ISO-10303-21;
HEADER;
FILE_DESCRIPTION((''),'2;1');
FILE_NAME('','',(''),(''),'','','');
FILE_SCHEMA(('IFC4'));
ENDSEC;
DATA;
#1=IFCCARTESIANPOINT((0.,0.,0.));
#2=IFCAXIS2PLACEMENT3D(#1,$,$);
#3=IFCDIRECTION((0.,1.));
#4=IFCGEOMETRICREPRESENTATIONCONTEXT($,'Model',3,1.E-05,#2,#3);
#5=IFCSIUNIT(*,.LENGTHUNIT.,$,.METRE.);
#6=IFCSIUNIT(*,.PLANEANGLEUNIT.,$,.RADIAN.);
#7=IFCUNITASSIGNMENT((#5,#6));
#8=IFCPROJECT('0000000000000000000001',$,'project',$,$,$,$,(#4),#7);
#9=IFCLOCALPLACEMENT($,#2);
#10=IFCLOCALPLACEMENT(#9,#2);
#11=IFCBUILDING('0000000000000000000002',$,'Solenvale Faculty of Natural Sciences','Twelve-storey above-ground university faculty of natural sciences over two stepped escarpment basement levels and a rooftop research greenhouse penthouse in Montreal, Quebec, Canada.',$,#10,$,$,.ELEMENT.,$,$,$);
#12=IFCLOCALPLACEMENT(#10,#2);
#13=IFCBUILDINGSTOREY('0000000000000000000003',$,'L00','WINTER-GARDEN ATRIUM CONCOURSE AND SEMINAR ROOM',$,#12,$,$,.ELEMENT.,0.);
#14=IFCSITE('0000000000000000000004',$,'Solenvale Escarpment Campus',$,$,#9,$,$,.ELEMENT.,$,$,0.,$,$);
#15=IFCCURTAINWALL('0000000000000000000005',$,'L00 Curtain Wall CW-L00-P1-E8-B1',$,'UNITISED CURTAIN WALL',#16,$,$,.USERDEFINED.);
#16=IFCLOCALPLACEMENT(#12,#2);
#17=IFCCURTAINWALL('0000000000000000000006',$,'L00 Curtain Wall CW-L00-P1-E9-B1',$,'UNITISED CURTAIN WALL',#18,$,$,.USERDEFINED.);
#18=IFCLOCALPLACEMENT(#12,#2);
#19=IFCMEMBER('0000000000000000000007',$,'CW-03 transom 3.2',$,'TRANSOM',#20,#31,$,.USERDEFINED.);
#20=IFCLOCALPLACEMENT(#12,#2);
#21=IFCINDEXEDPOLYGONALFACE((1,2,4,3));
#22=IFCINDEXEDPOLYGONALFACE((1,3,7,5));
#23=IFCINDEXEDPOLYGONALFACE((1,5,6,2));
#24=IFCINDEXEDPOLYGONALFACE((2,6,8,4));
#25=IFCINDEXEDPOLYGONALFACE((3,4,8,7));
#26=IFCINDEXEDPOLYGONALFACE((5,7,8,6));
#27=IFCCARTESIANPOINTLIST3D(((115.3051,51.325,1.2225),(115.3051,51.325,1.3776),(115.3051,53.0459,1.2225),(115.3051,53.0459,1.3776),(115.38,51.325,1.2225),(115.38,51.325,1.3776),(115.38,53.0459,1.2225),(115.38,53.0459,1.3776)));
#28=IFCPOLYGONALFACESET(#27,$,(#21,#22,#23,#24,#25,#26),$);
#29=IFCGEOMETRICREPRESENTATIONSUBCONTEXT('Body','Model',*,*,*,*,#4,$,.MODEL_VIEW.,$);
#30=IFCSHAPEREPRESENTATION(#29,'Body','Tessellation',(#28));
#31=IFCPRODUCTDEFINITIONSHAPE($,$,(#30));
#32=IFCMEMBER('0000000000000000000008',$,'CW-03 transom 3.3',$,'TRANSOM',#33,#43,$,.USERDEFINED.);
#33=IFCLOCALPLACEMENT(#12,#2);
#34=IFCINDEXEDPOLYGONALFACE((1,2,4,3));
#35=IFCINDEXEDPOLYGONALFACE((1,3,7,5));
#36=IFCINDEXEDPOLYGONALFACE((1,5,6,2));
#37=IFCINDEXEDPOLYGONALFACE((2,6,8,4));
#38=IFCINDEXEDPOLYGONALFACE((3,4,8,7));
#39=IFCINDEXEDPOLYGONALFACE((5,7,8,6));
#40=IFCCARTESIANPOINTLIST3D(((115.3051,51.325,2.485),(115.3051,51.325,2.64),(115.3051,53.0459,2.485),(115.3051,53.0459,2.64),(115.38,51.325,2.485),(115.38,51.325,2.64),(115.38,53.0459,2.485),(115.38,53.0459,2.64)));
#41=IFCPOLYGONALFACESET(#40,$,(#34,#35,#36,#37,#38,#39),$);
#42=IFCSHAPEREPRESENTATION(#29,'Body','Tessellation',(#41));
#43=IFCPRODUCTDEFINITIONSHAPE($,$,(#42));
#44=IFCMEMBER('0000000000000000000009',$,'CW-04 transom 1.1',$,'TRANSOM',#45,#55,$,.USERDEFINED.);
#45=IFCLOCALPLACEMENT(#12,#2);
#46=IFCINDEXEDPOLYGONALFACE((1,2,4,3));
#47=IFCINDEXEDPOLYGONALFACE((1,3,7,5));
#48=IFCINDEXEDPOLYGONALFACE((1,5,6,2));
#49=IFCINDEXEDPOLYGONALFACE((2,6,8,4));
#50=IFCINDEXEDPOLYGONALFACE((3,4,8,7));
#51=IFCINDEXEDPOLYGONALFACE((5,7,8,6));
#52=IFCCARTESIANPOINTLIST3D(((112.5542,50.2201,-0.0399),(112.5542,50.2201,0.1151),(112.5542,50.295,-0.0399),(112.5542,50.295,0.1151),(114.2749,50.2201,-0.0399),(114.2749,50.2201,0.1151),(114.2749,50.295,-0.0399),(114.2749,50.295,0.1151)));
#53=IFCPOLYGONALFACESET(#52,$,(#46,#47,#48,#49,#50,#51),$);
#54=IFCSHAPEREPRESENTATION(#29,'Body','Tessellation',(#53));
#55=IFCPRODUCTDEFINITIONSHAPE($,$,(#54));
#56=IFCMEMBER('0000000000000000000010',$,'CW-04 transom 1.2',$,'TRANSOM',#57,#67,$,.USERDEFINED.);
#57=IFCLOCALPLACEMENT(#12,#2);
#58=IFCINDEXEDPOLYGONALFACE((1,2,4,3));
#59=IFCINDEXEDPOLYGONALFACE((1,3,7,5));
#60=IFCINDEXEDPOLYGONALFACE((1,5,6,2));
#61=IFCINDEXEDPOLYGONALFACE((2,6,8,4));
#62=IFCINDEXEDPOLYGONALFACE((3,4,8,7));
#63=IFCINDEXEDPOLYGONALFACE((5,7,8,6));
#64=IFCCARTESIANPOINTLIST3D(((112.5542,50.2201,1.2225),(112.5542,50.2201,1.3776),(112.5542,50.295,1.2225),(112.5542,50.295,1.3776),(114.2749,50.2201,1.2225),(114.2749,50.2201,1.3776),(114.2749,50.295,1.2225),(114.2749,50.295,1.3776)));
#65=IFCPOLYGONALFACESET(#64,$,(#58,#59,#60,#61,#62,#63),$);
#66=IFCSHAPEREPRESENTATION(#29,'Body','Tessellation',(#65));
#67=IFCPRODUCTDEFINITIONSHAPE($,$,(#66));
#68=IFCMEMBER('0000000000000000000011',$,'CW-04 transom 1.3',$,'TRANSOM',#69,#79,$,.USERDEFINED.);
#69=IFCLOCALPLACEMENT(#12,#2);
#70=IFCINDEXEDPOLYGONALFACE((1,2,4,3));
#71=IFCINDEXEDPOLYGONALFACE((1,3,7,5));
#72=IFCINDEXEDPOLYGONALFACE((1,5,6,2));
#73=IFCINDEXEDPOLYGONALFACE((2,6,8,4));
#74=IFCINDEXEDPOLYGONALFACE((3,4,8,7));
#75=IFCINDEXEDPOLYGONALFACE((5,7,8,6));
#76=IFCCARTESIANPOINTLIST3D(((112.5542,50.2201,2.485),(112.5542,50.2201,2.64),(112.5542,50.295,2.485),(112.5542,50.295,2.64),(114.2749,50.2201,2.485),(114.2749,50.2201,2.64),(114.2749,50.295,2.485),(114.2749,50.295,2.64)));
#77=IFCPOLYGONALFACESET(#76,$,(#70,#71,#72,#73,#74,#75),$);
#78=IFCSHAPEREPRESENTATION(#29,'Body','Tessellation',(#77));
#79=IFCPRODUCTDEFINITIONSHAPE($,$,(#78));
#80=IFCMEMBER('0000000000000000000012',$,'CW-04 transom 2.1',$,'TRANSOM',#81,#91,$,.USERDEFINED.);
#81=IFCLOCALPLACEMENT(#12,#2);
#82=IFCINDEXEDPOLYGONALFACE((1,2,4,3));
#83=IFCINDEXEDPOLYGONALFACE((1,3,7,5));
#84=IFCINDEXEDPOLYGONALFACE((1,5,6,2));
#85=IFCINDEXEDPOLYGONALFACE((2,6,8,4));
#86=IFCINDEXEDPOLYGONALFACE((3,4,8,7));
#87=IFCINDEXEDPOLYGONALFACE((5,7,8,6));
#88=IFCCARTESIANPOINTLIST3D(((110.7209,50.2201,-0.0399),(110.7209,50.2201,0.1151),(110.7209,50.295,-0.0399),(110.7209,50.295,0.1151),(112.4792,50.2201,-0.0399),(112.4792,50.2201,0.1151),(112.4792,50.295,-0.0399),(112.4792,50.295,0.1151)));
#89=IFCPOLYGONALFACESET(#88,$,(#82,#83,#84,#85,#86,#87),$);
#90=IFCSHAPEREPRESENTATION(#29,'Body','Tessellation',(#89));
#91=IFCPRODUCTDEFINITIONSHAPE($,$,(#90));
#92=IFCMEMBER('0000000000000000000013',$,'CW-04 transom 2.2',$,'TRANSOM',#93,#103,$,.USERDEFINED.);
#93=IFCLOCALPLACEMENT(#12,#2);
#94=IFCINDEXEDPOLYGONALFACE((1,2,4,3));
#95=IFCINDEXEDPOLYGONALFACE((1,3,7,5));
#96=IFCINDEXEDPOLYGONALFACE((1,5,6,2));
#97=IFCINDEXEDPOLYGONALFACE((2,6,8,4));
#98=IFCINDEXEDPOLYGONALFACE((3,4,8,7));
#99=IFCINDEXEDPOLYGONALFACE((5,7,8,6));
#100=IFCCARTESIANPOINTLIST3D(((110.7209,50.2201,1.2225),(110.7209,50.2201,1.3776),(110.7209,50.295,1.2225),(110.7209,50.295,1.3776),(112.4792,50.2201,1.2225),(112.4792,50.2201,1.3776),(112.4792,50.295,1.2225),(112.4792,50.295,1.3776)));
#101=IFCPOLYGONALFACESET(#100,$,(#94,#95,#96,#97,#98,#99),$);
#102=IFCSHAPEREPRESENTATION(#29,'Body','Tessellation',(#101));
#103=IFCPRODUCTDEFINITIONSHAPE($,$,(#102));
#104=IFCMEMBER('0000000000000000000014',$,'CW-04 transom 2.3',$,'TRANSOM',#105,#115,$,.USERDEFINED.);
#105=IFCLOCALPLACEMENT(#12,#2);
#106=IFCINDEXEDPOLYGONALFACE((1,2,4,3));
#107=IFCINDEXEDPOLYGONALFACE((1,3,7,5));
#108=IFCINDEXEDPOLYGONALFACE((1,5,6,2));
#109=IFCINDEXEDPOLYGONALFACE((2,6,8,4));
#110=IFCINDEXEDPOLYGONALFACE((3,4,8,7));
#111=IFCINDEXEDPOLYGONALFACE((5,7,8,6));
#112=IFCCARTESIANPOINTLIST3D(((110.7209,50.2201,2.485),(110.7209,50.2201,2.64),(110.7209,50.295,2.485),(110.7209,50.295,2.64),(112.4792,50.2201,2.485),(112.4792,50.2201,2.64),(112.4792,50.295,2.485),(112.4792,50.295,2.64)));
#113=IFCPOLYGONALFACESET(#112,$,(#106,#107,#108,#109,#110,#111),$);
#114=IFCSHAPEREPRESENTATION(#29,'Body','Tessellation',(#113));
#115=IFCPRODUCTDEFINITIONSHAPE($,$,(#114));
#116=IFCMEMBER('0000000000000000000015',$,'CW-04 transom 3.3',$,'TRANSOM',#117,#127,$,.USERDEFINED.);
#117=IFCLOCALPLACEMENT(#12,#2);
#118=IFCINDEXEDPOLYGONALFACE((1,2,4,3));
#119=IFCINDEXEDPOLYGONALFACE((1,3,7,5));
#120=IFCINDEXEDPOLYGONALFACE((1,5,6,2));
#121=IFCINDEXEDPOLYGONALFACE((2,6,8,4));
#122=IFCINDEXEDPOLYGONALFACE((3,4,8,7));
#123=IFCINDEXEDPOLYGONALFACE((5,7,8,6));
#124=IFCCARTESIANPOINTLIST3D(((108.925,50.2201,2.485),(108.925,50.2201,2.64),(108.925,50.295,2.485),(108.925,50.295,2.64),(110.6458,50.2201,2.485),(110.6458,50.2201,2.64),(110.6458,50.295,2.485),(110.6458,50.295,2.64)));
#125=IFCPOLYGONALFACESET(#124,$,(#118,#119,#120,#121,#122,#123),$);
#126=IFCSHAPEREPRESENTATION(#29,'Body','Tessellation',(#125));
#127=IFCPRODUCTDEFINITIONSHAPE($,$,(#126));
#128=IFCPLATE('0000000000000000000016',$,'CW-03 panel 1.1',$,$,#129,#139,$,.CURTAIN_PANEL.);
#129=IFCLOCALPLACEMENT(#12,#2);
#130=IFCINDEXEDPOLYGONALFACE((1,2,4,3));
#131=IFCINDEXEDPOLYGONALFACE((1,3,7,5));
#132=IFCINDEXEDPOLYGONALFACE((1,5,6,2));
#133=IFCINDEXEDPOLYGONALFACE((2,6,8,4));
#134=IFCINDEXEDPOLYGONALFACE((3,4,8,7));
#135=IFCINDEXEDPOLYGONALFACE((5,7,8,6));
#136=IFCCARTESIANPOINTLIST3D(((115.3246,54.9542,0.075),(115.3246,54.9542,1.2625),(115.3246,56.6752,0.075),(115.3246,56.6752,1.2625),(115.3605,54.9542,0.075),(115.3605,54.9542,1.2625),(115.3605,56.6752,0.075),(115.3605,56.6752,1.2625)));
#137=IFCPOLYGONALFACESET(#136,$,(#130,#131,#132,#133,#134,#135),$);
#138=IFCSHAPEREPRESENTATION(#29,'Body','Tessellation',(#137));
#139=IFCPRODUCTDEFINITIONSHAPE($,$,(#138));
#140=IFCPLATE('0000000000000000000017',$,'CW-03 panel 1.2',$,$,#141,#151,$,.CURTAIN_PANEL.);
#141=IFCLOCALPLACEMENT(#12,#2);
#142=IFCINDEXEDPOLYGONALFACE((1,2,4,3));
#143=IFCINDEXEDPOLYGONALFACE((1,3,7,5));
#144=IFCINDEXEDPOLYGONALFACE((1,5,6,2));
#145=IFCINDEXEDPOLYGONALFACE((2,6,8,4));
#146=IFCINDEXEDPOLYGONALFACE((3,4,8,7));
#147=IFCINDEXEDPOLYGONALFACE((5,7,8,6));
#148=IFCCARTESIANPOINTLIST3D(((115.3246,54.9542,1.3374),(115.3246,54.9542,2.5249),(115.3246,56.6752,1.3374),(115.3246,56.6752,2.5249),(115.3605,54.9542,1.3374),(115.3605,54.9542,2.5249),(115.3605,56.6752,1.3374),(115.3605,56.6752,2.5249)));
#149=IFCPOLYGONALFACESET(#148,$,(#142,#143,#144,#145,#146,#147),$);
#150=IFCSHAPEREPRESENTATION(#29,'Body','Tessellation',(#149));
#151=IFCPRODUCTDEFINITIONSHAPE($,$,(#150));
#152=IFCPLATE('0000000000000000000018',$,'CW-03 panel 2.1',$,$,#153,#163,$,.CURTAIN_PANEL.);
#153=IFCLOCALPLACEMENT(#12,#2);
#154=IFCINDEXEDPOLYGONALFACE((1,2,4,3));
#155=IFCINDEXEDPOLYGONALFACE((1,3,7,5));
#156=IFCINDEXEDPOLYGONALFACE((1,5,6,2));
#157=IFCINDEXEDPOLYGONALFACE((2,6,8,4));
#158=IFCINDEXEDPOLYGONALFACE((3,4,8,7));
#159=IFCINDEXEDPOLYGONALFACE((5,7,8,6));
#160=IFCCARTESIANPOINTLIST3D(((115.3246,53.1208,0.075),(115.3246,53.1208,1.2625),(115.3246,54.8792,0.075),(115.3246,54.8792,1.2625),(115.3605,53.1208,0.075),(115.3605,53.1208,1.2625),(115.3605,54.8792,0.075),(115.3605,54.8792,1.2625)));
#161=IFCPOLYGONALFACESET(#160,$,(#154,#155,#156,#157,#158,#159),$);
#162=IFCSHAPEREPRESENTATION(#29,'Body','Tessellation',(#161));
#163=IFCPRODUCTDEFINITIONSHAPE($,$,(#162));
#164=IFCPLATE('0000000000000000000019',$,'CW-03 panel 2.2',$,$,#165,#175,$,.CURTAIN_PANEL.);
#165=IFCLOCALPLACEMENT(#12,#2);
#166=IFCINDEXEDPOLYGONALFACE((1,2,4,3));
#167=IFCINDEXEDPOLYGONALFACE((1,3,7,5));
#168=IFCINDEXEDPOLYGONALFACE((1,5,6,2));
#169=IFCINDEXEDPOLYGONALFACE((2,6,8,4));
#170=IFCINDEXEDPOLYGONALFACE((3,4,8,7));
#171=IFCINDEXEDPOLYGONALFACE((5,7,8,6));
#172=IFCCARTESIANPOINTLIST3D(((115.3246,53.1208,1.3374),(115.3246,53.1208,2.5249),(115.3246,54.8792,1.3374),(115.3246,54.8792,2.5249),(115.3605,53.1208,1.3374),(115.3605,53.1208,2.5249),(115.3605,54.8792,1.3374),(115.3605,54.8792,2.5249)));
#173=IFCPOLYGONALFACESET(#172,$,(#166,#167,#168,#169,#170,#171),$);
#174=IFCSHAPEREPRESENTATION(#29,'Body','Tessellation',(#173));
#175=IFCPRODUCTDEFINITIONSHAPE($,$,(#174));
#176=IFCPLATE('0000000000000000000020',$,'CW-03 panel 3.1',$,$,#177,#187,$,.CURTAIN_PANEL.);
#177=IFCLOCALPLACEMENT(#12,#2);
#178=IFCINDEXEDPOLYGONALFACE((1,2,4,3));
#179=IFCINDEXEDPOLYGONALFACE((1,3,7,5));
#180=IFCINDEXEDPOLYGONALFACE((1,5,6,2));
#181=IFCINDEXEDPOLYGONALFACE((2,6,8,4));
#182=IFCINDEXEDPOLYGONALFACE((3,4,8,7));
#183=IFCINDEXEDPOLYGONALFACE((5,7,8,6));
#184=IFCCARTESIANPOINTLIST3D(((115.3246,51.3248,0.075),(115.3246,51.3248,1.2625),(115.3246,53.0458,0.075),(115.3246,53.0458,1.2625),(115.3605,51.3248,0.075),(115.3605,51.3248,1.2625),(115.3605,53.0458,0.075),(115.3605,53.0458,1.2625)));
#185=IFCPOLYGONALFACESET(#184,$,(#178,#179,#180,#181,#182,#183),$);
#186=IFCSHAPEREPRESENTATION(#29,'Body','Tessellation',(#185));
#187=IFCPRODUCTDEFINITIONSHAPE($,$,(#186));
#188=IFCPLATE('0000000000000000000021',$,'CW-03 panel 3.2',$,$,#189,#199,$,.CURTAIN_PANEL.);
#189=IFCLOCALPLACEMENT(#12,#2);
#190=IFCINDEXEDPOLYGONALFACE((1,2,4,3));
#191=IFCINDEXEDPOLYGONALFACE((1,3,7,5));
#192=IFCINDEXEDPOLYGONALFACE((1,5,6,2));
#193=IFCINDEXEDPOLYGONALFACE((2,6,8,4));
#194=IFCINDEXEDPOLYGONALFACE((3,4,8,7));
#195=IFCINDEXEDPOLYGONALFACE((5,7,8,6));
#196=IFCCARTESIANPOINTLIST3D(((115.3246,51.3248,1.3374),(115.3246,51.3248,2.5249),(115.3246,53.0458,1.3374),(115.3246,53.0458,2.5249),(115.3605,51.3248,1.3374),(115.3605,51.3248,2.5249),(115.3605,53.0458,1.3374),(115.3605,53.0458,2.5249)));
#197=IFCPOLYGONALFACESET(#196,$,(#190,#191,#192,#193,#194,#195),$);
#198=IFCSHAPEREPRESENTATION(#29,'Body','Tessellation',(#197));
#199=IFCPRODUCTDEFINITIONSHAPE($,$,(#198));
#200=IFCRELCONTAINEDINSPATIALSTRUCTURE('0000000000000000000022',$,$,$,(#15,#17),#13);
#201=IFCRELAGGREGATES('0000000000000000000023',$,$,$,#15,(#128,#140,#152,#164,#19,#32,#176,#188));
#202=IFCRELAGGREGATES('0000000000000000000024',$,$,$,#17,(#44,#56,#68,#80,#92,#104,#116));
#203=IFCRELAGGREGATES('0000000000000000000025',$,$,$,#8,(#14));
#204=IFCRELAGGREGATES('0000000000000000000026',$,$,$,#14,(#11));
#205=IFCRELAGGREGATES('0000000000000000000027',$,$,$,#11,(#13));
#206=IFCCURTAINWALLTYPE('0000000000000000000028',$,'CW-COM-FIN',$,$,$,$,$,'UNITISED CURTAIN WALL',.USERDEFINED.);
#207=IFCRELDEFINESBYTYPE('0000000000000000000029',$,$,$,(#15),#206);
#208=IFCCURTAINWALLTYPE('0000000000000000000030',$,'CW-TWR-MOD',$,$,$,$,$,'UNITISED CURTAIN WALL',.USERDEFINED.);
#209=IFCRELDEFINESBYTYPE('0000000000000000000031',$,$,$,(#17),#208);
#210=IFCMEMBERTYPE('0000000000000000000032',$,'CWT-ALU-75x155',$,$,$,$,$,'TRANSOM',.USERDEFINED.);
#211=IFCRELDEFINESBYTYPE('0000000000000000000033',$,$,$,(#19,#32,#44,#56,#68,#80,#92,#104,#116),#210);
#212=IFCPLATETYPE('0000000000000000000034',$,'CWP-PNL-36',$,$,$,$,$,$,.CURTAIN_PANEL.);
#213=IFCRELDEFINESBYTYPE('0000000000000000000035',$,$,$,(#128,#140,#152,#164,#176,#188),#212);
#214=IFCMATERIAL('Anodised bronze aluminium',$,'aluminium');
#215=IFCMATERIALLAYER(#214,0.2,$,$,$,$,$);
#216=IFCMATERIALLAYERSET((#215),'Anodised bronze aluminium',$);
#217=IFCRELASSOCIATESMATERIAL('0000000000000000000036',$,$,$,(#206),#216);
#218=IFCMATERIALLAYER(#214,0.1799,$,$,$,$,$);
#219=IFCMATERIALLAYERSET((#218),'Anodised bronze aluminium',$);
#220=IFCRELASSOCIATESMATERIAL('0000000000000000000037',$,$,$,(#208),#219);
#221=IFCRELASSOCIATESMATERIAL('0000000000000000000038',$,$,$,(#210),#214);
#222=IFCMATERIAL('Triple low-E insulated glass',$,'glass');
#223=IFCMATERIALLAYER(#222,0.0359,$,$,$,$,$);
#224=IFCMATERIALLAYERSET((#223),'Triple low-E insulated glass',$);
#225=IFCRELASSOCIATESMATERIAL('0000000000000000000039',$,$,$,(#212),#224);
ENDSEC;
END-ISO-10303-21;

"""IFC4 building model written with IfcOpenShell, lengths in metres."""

from ifc_helpers import new_model, si_unit, direction, frame, origin, origin_2d, place, context, subcontext, project, spatial, rectangle, extrude, material, layer, layer_set, material_profile, profile_set, type_object, element, aggregate, save


model = new_model("IFC4")

# Units and contexts
model_context = context("Model", 3, precision=1e-05, world=origin(), true_north=direction((0.0, 1.0)))
body_context = subcontext(model_context, "Body", "Model", "MODEL_VIEW")
ifc_project = project(units=[si_unit("LENGTHUNIT", "METRE"), si_unit("PLANEANGLEUNIT", "RADIAN")], contexts=[model_context])

# Site, building, storey
site_placement = place(None, origin())
site = spatial("IfcSite", under=ifc_project, at=site_placement, Name="Solenvale Escarpment Campus", CompositionType="ELEMENT", RefElevation=0.0)
building_placement = place(site_placement, origin())
building = spatial("IfcBuilding", under=site, at=building_placement, Name="Solenvale Faculty of Natural Sciences", Description="Twelve-storey above-ground university faculty of natural sciences over two stepped escarpment basement levels and a rooftop research greenhouse penthouse in Montreal, Quebec, Canada.", CompositionType="ELEMENT")
storey_placement = place(building_placement, origin())
storey = spatial("IfcBuildingStorey", under=building, at=storey_placement, Name="L00", Description="WINTER-GARDEN ATRIUM CONCOURSE AND SEMINAR ROOM", CompositionType="ELEMENT", Elevation=0.0)

# Curtain walls
ifc_material_1 = material(Name="Anodised bronze aluminium", Category="aluminium")
ifc_layer_1 = layer(ifc_material_1, 0.2)
ifc_layer_set_1 = layer_set([ifc_layer_1], Name="Anodised bronze aluminium")
curtain_wall_type_1 = type_object("IfcCurtainWallType", Name="CW-COM-FIN", ElementType="UNITISED CURTAIN WALL", PredefinedType="USERDEFINED", material=ifc_layer_set_1)
curtain_wall_1_placement = place(storey_placement, origin())
curtain_wall_1 = element("IfcCurtainWall", 1, at=curtain_wall_1_placement, inside=storey, type_object=curtain_wall_type_1, Name="L00 Curtain Wall CW-L00-P1-E8-B1", ObjectType="UNITISED CURTAIN WALL", PredefinedType="USERDEFINED")
ifc_layer_2 = layer(ifc_material_1, 0.1799)
ifc_layer_set_2 = layer_set([ifc_layer_2], Name="Anodised bronze aluminium")
curtain_wall_type_2 = type_object("IfcCurtainWallType", Name="CW-TWR-MOD", ElementType="UNITISED CURTAIN WALL", PredefinedType="USERDEFINED", material=ifc_layer_set_2)
curtain_wall_2_placement = place(storey_placement, origin())
curtain_wall_2 = element("IfcCurtainWall", 2, at=curtain_wall_2_placement, inside=storey, type_object=curtain_wall_type_2, Name="L00 Curtain Wall CW-L00-P1-E9-B1", ObjectType="UNITISED CURTAIN WALL", PredefinedType="USERDEFINED")

# Members
ifc_material_profile_1 = material_profile(ifc_material_1, rectangle(XDim=0.075, YDim=0.155, at=origin_2d()), Name="ALU-TRN-75x155")
ifc_profile_set_1 = profile_set([ifc_material_profile_1], Name="Anodised bronze aluminium")
member_type_1 = type_object("IfcMemberType", Name="CWT-ALU-75x155", ElementType="TRANSOM", PredefinedType="USERDEFINED", material=ifc_profile_set_1)
member_1_placement = place(storey_placement, frame((115.3425, 53.0459, 1.3), z_axis=(0.0, -1.0, 0.0), x_axis=(1.0, 0.0, 0.0)))
member_1 = element("IfcMember", 3, at=member_1_placement, type_object=member_type_1, Name="CW-03 transom 3.2", ObjectType="TRANSOM", PredefinedType="USERDEFINED", context=body_context, shape_type="SweptSolid", body=[
    extrude(rectangle(XDim=0.075, YDim=0.155, at=origin_2d()), origin(), (0.0, 0.0, 1.0), 1.7209),
])
member_2_placement = place(storey_placement, frame((115.3425, 53.0459, 2.5625), z_axis=(0.0, -1.0, 0.0), x_axis=(1.0, 0.0, 0.0)))
member_2 = element("IfcMember", 4, at=member_2_placement, type_object=member_type_1, Name="CW-03 transom 3.3", ObjectType="TRANSOM", PredefinedType="USERDEFINED", context=body_context, shape_type="SweptSolid", body=[
    extrude(rectangle(XDim=0.075, YDim=0.155, at=origin_2d()), origin(), (0.0, 0.0, 1.0), 1.7209),
])
member_3_placement = place(storey_placement, frame((114.2749, 50.2576, 0.0376), z_axis=(-1.0, 0.0, 0.0), x_axis=(0.0, -1.0, 0.0)))
member_3 = element("IfcMember", 5, at=member_3_placement, type_object=member_type_1, Name="CW-04 transom 1.1", ObjectType="TRANSOM", PredefinedType="USERDEFINED", context=body_context, shape_type="SweptSolid", body=[
    extrude(rectangle(XDim=0.075, YDim=0.155, at=origin_2d()), origin(), (0.0, 0.0, 1.0), 1.7207),
])
member_4_placement = place(storey_placement, frame((114.2749, 50.2576, 1.3), z_axis=(-1.0, 0.0, 0.0), x_axis=(0.0, -1.0, 0.0)))
member_4 = element("IfcMember", 6, at=member_4_placement, type_object=member_type_1, Name="CW-04 transom 1.2", ObjectType="TRANSOM", PredefinedType="USERDEFINED", context=body_context, shape_type="SweptSolid", body=[
    extrude(rectangle(XDim=0.075, YDim=0.155, at=origin_2d()), origin(), (0.0, 0.0, 1.0), 1.7207),
])
member_5_placement = place(storey_placement, frame((114.2749, 50.2576, 2.5625), z_axis=(-1.0, 0.0, 0.0), x_axis=(0.0, -1.0, 0.0)))
member_5 = element("IfcMember", 7, at=member_5_placement, type_object=member_type_1, Name="CW-04 transom 1.3", ObjectType="TRANSOM", PredefinedType="USERDEFINED", context=body_context, shape_type="SweptSolid", body=[
    extrude(rectangle(XDim=0.075, YDim=0.155, at=origin_2d()), origin(), (0.0, 0.0, 1.0), 1.7207),
])
member_6_placement = place(storey_placement, frame((112.4792, 50.2576, 0.0376), z_axis=(-1.0, 0.0, 0.0), x_axis=(0.0, -1.0, 0.0)))
member_6 = element("IfcMember", 8, at=member_6_placement, type_object=member_type_1, Name="CW-04 transom 2.1", ObjectType="TRANSOM", PredefinedType="USERDEFINED", context=body_context, shape_type="SweptSolid", body=[
    extrude(rectangle(XDim=0.075, YDim=0.155, at=origin_2d()), origin(), (0.0, 0.0, 1.0), 1.7583),
])
member_7_placement = place(storey_placement, frame((112.4792, 50.2576, 1.3), z_axis=(-1.0, 0.0, 0.0), x_axis=(0.0, -1.0, 0.0)))
member_7 = element("IfcMember", 9, at=member_7_placement, type_object=member_type_1, Name="CW-04 transom 2.2", ObjectType="TRANSOM", PredefinedType="USERDEFINED", context=body_context, shape_type="SweptSolid", body=[
    extrude(rectangle(XDim=0.075, YDim=0.155, at=origin_2d()), origin(), (0.0, 0.0, 1.0), 1.7583),
])
member_8_placement = place(storey_placement, frame((112.4792, 50.2576, 2.5625), z_axis=(-1.0, 0.0, 0.0), x_axis=(0.0, -1.0, 0.0)))
member_8 = element("IfcMember", 10, at=member_8_placement, type_object=member_type_1, Name="CW-04 transom 2.3", ObjectType="TRANSOM", PredefinedType="USERDEFINED", context=body_context, shape_type="SweptSolid", body=[
    extrude(rectangle(XDim=0.075, YDim=0.155, at=origin_2d()), origin(), (0.0, 0.0, 1.0), 1.7583),
])
member_9_placement = place(storey_placement, frame((110.6458, 50.2576, 2.5625), z_axis=(-1.0, 0.0, 0.0), x_axis=(0.0, -1.0, 0.0)))
member_9 = element("IfcMember", 11, at=member_9_placement, type_object=member_type_1, Name="CW-04 transom 3.3", ObjectType="TRANSOM", PredefinedType="USERDEFINED", context=body_context, shape_type="SweptSolid", body=[
    extrude(rectangle(XDim=0.075, YDim=0.155, at=origin_2d()), origin(), (0.0, 0.0, 1.0), 1.7207),
])

# Plates
ifc_material_2 = material(Name="Triple low-E insulated glass", Category="glass")
ifc_layer_3 = layer(ifc_material_2, 0.0359)
ifc_layer_set_3 = layer_set([ifc_layer_3], Name="Triple low-E insulated glass")
plate_type_1 = type_object("IfcPlateType", Name="CWP-PNL-36", PredefinedType="CURTAIN_PANEL", material=ifc_layer_set_3)
plate_1_placement = place(storey_placement, frame((115.3425, 55.8147, 0.075), z_axis=(0.0, 0.0, 1.0), x_axis=(0.0, -1.0, 0.0)))
plate_1 = element("IfcPlate", 12, at=plate_1_placement, type_object=plate_type_1, Name="CW-03 panel 1.1", PredefinedType="CURTAIN_PANEL", context=body_context, shape_type="SweptSolid", body=[
    extrude(rectangle(XDim=1.7209, YDim=0.0359, at=origin_2d()), origin(), (0.0, 0.0, 1.0), 1.1875),
])
plate_2_placement = place(storey_placement, frame((115.3425, 55.8147, 1.3374), z_axis=(0.0, 0.0, 1.0), x_axis=(0.0, -1.0, 0.0)))
plate_2 = element("IfcPlate", 13, at=plate_2_placement, type_object=plate_type_1, Name="CW-03 panel 1.2", PredefinedType="CURTAIN_PANEL", context=body_context, shape_type="SweptSolid", body=[
    extrude(rectangle(XDim=1.7209, YDim=0.0359, at=origin_2d()), origin(), (0.0, 0.0, 1.0), 1.1875),
])
plate_3_placement = place(storey_placement, frame((115.3425, 54.0, 0.075), z_axis=(0.0, 0.0, 1.0), x_axis=(0.0, -1.0, 0.0)))
plate_3 = element("IfcPlate", 14, at=plate_3_placement, type_object=plate_type_1, Name="CW-03 panel 2.1", PredefinedType="CURTAIN_PANEL", context=body_context, shape_type="SweptSolid", body=[
    extrude(rectangle(XDim=1.7583, YDim=0.0359, at=origin_2d()), origin(), (0.0, 0.0, 1.0), 1.1875),
])
plate_4_placement = place(storey_placement, frame((115.3425, 54.0, 1.3374), z_axis=(0.0, 0.0, 1.0), x_axis=(0.0, -1.0, 0.0)))
plate_4 = element("IfcPlate", 15, at=plate_4_placement, type_object=plate_type_1, Name="CW-03 panel 2.2", PredefinedType="CURTAIN_PANEL", context=body_context, shape_type="SweptSolid", body=[
    extrude(rectangle(XDim=1.7583, YDim=0.0359, at=origin_2d()), origin(), (0.0, 0.0, 1.0), 1.1875),
])
plate_5_placement = place(storey_placement, frame((115.3425, 52.1853, 0.075), z_axis=(0.0, 0.0, 1.0), x_axis=(0.0, -1.0, 0.0)))
plate_5 = element("IfcPlate", 16, at=plate_5_placement, type_object=plate_type_1, Name="CW-03 panel 3.1", PredefinedType="CURTAIN_PANEL", context=body_context, shape_type="SweptSolid", body=[
    extrude(rectangle(XDim=1.7209, YDim=0.0359, at=origin_2d()), origin(), (0.0, 0.0, 1.0), 1.1875),
])
plate_6_placement = place(storey_placement, frame((115.3425, 52.1853, 1.3374), z_axis=(0.0, 0.0, 1.0), x_axis=(0.0, -1.0, 0.0)))
plate_6 = element("IfcPlate", 17, at=plate_6_placement, type_object=plate_type_1, Name="CW-03 panel 3.2", PredefinedType="CURTAIN_PANEL", context=body_context, shape_type="SweptSolid", body=[
    extrude(rectangle(XDim=1.7209, YDim=0.0359, at=origin_2d()), origin(), (0.0, 0.0, 1.0), 1.1875),
])
aggregate(curtain_wall_1, [plate_1, plate_2, plate_3, plate_4, member_1, member_2, plate_5, plate_6])
aggregate(curtain_wall_2, [member_3, member_4, member_5, member_6, member_7, member_8, member_9])

save(model, "model.ifc")
